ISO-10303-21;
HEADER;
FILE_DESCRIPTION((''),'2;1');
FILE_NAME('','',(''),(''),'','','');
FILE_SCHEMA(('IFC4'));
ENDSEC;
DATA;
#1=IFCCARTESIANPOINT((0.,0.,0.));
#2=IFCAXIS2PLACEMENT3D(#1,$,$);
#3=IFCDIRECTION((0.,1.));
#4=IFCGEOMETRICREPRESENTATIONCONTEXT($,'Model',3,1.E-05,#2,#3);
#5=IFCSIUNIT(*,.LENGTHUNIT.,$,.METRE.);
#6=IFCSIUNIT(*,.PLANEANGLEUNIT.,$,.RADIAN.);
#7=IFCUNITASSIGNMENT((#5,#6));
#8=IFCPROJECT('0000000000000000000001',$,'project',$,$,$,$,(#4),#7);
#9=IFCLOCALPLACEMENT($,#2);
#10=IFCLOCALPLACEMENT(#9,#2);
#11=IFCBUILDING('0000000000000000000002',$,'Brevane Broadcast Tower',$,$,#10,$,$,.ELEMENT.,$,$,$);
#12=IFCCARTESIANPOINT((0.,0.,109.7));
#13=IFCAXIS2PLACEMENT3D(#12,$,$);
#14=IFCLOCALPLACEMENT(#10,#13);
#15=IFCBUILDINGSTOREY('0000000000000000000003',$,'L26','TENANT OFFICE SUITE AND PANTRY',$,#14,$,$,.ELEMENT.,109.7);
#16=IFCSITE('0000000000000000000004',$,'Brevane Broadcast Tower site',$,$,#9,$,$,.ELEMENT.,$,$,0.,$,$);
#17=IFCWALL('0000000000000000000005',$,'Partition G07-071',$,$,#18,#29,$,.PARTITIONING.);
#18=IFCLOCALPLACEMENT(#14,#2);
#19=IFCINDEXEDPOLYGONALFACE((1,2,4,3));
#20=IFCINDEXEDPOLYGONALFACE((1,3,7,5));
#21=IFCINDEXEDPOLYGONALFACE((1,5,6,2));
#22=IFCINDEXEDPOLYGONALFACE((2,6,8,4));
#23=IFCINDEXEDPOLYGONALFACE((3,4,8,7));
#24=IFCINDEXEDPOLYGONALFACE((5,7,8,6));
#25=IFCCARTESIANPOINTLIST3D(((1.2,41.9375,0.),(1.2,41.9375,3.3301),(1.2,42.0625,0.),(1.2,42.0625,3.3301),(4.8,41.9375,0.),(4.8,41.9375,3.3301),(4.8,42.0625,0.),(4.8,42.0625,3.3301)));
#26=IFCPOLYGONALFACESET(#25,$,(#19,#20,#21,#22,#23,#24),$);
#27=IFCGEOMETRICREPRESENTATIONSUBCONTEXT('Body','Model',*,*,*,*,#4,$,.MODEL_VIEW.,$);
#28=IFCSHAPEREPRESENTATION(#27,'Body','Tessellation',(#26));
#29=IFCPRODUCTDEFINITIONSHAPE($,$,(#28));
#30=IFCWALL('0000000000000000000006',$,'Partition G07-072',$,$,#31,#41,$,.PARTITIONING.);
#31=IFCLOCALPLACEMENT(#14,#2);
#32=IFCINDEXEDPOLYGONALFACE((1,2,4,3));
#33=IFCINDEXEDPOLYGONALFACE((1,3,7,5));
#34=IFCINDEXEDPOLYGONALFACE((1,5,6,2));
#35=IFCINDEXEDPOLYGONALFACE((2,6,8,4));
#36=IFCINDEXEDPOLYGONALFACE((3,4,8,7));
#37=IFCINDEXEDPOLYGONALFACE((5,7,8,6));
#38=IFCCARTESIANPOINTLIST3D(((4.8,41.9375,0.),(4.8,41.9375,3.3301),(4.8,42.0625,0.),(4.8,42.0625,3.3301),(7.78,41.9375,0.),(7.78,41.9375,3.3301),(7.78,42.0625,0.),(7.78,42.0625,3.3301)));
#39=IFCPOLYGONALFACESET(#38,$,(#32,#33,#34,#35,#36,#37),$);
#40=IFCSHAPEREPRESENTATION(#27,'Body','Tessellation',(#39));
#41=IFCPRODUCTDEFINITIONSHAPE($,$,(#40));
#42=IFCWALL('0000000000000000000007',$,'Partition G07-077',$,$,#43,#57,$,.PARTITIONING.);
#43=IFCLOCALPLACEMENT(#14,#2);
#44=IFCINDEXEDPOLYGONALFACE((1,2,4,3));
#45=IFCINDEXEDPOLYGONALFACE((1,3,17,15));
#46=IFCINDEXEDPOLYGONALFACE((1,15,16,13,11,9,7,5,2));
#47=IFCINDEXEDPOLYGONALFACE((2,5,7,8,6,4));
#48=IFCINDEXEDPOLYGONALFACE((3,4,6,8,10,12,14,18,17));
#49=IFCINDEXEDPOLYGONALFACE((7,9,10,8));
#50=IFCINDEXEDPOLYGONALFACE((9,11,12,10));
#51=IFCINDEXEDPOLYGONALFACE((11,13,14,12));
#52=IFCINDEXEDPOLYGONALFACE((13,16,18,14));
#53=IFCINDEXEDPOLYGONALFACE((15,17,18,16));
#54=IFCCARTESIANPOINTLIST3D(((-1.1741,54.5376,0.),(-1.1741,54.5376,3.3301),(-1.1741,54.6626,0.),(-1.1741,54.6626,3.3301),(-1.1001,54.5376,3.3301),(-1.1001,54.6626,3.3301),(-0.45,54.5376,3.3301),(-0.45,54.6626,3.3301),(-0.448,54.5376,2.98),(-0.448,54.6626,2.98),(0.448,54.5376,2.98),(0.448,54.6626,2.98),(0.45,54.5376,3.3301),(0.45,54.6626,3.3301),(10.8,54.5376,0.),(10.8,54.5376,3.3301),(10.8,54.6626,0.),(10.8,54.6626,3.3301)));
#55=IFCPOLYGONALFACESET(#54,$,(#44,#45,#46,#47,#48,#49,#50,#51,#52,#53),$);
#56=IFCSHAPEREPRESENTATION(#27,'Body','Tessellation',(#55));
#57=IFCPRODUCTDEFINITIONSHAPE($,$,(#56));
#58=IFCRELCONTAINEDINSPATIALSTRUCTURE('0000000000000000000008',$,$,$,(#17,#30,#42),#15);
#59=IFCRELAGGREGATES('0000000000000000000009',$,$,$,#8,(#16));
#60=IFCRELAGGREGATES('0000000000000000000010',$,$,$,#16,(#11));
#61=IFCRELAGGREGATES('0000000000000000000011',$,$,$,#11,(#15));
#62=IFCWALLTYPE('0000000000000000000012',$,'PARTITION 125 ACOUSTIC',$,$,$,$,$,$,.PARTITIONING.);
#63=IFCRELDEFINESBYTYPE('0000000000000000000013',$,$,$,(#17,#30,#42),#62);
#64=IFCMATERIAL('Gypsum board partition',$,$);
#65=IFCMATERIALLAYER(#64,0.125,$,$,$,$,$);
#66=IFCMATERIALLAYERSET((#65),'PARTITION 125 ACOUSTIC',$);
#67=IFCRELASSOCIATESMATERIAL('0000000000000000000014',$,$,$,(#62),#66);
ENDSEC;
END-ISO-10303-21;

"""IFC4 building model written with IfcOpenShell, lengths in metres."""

from ifc_helpers import new_model, si_unit, direction, frame, frame_2d, origin, place, context, subcontext, project, spatial, polyline, rectangle, outline, extrude, material, layer, layer_set, type_object, element, save


model = new_model("IFC4")

# Units and contexts
model_context = context("Model", 3, precision=1e-05, world=origin(), true_north=direction((0.0, 1.0)))
body_context = subcontext(model_context, "Body", "Model", "MODEL_VIEW")
ifc_project = project(units=[si_unit("LENGTHUNIT", "METRE"), si_unit("PLANEANGLEUNIT", "RADIAN")], contexts=[model_context])

# Site, building, storey
site_placement = place(None, origin())
site = spatial("IfcSite", under=ifc_project, at=site_placement, Name="Brevane Broadcast Tower site", CompositionType="ELEMENT", RefElevation=0.0)
building_placement = place(site_placement, origin())
building = spatial("IfcBuilding", under=site, at=building_placement, Name="Brevane Broadcast Tower", CompositionType="ELEMENT")
storey_placement = place(building_placement, frame((0.0, 0.0, 109.7)))
storey = spatial("IfcBuildingStorey", under=building, at=storey_placement, Name="L26", Description="TENANT OFFICE SUITE AND PANTRY", CompositionType="ELEMENT", Elevation=109.7)

# Shared definitions
ifc_material_1 = material(Name="Gypsum board partition")

# Walls
ifc_layer_1 = layer(ifc_material_1, 0.125)
ifc_layer_set_1 = layer_set([ifc_layer_1], Name="PARTITION 125 ACOUSTIC")
wall_type_1 = type_object("IfcWallType", Name="PARTITION 125 ACOUSTIC", PredefinedType="PARTITIONING", material=ifc_layer_set_1)
wall_1_placement = place(storey_placement, frame((1.2, 42.0, 0.0), z_axis=(0.0, 0.0, 1.0), x_axis=(1.0, 0.0, 0.0)))
element("IfcWall", 1, at=wall_1_placement, inside=storey, type_object=wall_type_1, Name="Partition G07-071", PredefinedType="PARTITIONING", context=body_context, shape_type="SweptSolid", body=[
    extrude(rectangle(XDim=3.6001, YDim=0.125, at=frame_2d((1.8, 0.0))), origin(), (0.0, 0.0, 1.0), 3.3301),
])
wall_2_placement = place(storey_placement, frame((4.8, 42.0, 0.0), z_axis=(0.0, 0.0, 1.0), x_axis=(1.0, 0.0, 0.0)))
element("IfcWall", 2, at=wall_2_placement, inside=storey, type_object=wall_type_1, Name="Partition G07-072", PredefinedType="PARTITIONING", context=body_context, shape_type="SweptSolid", body=[
    extrude(rectangle(XDim=2.98, YDim=0.125, at=frame_2d((1.49, 0.0))), origin(), (0.0, 0.0, 1.0), 3.3301),
])
wall_3_placement = place(storey_placement, frame((-1.1741, 54.6001, 0.0), z_axis=(0.0, 0.0, 1.0), x_axis=(1.0, 0.0, 0.0)))
element("IfcWall", 3, at=wall_3_placement, inside=storey, type_object=wall_type_1, Name="Partition G07-077", PredefinedType="PARTITIONING", context=body_context, shape_type="SweptSolid", body=[
    extrude(outline(polyline([(0.0, 0.0), (11.9741, 0.0), (11.9741, 3.3301), (1.624, 3.3301), (1.6221, 2.98), (0.7261, 2.98), (0.7241, 3.3301), (0.074, 3.3301), (0.0, 3.3301), (0.0, 0.0)])), frame((0.0, 0.0625, 0.0), z_axis=(0.0, -1.0, 0.0), x_axis=(1.0, 0.0, 0.0)), (0.0, 0.0, 1.0), 0.125),
])

save(model, "model.ifc")
